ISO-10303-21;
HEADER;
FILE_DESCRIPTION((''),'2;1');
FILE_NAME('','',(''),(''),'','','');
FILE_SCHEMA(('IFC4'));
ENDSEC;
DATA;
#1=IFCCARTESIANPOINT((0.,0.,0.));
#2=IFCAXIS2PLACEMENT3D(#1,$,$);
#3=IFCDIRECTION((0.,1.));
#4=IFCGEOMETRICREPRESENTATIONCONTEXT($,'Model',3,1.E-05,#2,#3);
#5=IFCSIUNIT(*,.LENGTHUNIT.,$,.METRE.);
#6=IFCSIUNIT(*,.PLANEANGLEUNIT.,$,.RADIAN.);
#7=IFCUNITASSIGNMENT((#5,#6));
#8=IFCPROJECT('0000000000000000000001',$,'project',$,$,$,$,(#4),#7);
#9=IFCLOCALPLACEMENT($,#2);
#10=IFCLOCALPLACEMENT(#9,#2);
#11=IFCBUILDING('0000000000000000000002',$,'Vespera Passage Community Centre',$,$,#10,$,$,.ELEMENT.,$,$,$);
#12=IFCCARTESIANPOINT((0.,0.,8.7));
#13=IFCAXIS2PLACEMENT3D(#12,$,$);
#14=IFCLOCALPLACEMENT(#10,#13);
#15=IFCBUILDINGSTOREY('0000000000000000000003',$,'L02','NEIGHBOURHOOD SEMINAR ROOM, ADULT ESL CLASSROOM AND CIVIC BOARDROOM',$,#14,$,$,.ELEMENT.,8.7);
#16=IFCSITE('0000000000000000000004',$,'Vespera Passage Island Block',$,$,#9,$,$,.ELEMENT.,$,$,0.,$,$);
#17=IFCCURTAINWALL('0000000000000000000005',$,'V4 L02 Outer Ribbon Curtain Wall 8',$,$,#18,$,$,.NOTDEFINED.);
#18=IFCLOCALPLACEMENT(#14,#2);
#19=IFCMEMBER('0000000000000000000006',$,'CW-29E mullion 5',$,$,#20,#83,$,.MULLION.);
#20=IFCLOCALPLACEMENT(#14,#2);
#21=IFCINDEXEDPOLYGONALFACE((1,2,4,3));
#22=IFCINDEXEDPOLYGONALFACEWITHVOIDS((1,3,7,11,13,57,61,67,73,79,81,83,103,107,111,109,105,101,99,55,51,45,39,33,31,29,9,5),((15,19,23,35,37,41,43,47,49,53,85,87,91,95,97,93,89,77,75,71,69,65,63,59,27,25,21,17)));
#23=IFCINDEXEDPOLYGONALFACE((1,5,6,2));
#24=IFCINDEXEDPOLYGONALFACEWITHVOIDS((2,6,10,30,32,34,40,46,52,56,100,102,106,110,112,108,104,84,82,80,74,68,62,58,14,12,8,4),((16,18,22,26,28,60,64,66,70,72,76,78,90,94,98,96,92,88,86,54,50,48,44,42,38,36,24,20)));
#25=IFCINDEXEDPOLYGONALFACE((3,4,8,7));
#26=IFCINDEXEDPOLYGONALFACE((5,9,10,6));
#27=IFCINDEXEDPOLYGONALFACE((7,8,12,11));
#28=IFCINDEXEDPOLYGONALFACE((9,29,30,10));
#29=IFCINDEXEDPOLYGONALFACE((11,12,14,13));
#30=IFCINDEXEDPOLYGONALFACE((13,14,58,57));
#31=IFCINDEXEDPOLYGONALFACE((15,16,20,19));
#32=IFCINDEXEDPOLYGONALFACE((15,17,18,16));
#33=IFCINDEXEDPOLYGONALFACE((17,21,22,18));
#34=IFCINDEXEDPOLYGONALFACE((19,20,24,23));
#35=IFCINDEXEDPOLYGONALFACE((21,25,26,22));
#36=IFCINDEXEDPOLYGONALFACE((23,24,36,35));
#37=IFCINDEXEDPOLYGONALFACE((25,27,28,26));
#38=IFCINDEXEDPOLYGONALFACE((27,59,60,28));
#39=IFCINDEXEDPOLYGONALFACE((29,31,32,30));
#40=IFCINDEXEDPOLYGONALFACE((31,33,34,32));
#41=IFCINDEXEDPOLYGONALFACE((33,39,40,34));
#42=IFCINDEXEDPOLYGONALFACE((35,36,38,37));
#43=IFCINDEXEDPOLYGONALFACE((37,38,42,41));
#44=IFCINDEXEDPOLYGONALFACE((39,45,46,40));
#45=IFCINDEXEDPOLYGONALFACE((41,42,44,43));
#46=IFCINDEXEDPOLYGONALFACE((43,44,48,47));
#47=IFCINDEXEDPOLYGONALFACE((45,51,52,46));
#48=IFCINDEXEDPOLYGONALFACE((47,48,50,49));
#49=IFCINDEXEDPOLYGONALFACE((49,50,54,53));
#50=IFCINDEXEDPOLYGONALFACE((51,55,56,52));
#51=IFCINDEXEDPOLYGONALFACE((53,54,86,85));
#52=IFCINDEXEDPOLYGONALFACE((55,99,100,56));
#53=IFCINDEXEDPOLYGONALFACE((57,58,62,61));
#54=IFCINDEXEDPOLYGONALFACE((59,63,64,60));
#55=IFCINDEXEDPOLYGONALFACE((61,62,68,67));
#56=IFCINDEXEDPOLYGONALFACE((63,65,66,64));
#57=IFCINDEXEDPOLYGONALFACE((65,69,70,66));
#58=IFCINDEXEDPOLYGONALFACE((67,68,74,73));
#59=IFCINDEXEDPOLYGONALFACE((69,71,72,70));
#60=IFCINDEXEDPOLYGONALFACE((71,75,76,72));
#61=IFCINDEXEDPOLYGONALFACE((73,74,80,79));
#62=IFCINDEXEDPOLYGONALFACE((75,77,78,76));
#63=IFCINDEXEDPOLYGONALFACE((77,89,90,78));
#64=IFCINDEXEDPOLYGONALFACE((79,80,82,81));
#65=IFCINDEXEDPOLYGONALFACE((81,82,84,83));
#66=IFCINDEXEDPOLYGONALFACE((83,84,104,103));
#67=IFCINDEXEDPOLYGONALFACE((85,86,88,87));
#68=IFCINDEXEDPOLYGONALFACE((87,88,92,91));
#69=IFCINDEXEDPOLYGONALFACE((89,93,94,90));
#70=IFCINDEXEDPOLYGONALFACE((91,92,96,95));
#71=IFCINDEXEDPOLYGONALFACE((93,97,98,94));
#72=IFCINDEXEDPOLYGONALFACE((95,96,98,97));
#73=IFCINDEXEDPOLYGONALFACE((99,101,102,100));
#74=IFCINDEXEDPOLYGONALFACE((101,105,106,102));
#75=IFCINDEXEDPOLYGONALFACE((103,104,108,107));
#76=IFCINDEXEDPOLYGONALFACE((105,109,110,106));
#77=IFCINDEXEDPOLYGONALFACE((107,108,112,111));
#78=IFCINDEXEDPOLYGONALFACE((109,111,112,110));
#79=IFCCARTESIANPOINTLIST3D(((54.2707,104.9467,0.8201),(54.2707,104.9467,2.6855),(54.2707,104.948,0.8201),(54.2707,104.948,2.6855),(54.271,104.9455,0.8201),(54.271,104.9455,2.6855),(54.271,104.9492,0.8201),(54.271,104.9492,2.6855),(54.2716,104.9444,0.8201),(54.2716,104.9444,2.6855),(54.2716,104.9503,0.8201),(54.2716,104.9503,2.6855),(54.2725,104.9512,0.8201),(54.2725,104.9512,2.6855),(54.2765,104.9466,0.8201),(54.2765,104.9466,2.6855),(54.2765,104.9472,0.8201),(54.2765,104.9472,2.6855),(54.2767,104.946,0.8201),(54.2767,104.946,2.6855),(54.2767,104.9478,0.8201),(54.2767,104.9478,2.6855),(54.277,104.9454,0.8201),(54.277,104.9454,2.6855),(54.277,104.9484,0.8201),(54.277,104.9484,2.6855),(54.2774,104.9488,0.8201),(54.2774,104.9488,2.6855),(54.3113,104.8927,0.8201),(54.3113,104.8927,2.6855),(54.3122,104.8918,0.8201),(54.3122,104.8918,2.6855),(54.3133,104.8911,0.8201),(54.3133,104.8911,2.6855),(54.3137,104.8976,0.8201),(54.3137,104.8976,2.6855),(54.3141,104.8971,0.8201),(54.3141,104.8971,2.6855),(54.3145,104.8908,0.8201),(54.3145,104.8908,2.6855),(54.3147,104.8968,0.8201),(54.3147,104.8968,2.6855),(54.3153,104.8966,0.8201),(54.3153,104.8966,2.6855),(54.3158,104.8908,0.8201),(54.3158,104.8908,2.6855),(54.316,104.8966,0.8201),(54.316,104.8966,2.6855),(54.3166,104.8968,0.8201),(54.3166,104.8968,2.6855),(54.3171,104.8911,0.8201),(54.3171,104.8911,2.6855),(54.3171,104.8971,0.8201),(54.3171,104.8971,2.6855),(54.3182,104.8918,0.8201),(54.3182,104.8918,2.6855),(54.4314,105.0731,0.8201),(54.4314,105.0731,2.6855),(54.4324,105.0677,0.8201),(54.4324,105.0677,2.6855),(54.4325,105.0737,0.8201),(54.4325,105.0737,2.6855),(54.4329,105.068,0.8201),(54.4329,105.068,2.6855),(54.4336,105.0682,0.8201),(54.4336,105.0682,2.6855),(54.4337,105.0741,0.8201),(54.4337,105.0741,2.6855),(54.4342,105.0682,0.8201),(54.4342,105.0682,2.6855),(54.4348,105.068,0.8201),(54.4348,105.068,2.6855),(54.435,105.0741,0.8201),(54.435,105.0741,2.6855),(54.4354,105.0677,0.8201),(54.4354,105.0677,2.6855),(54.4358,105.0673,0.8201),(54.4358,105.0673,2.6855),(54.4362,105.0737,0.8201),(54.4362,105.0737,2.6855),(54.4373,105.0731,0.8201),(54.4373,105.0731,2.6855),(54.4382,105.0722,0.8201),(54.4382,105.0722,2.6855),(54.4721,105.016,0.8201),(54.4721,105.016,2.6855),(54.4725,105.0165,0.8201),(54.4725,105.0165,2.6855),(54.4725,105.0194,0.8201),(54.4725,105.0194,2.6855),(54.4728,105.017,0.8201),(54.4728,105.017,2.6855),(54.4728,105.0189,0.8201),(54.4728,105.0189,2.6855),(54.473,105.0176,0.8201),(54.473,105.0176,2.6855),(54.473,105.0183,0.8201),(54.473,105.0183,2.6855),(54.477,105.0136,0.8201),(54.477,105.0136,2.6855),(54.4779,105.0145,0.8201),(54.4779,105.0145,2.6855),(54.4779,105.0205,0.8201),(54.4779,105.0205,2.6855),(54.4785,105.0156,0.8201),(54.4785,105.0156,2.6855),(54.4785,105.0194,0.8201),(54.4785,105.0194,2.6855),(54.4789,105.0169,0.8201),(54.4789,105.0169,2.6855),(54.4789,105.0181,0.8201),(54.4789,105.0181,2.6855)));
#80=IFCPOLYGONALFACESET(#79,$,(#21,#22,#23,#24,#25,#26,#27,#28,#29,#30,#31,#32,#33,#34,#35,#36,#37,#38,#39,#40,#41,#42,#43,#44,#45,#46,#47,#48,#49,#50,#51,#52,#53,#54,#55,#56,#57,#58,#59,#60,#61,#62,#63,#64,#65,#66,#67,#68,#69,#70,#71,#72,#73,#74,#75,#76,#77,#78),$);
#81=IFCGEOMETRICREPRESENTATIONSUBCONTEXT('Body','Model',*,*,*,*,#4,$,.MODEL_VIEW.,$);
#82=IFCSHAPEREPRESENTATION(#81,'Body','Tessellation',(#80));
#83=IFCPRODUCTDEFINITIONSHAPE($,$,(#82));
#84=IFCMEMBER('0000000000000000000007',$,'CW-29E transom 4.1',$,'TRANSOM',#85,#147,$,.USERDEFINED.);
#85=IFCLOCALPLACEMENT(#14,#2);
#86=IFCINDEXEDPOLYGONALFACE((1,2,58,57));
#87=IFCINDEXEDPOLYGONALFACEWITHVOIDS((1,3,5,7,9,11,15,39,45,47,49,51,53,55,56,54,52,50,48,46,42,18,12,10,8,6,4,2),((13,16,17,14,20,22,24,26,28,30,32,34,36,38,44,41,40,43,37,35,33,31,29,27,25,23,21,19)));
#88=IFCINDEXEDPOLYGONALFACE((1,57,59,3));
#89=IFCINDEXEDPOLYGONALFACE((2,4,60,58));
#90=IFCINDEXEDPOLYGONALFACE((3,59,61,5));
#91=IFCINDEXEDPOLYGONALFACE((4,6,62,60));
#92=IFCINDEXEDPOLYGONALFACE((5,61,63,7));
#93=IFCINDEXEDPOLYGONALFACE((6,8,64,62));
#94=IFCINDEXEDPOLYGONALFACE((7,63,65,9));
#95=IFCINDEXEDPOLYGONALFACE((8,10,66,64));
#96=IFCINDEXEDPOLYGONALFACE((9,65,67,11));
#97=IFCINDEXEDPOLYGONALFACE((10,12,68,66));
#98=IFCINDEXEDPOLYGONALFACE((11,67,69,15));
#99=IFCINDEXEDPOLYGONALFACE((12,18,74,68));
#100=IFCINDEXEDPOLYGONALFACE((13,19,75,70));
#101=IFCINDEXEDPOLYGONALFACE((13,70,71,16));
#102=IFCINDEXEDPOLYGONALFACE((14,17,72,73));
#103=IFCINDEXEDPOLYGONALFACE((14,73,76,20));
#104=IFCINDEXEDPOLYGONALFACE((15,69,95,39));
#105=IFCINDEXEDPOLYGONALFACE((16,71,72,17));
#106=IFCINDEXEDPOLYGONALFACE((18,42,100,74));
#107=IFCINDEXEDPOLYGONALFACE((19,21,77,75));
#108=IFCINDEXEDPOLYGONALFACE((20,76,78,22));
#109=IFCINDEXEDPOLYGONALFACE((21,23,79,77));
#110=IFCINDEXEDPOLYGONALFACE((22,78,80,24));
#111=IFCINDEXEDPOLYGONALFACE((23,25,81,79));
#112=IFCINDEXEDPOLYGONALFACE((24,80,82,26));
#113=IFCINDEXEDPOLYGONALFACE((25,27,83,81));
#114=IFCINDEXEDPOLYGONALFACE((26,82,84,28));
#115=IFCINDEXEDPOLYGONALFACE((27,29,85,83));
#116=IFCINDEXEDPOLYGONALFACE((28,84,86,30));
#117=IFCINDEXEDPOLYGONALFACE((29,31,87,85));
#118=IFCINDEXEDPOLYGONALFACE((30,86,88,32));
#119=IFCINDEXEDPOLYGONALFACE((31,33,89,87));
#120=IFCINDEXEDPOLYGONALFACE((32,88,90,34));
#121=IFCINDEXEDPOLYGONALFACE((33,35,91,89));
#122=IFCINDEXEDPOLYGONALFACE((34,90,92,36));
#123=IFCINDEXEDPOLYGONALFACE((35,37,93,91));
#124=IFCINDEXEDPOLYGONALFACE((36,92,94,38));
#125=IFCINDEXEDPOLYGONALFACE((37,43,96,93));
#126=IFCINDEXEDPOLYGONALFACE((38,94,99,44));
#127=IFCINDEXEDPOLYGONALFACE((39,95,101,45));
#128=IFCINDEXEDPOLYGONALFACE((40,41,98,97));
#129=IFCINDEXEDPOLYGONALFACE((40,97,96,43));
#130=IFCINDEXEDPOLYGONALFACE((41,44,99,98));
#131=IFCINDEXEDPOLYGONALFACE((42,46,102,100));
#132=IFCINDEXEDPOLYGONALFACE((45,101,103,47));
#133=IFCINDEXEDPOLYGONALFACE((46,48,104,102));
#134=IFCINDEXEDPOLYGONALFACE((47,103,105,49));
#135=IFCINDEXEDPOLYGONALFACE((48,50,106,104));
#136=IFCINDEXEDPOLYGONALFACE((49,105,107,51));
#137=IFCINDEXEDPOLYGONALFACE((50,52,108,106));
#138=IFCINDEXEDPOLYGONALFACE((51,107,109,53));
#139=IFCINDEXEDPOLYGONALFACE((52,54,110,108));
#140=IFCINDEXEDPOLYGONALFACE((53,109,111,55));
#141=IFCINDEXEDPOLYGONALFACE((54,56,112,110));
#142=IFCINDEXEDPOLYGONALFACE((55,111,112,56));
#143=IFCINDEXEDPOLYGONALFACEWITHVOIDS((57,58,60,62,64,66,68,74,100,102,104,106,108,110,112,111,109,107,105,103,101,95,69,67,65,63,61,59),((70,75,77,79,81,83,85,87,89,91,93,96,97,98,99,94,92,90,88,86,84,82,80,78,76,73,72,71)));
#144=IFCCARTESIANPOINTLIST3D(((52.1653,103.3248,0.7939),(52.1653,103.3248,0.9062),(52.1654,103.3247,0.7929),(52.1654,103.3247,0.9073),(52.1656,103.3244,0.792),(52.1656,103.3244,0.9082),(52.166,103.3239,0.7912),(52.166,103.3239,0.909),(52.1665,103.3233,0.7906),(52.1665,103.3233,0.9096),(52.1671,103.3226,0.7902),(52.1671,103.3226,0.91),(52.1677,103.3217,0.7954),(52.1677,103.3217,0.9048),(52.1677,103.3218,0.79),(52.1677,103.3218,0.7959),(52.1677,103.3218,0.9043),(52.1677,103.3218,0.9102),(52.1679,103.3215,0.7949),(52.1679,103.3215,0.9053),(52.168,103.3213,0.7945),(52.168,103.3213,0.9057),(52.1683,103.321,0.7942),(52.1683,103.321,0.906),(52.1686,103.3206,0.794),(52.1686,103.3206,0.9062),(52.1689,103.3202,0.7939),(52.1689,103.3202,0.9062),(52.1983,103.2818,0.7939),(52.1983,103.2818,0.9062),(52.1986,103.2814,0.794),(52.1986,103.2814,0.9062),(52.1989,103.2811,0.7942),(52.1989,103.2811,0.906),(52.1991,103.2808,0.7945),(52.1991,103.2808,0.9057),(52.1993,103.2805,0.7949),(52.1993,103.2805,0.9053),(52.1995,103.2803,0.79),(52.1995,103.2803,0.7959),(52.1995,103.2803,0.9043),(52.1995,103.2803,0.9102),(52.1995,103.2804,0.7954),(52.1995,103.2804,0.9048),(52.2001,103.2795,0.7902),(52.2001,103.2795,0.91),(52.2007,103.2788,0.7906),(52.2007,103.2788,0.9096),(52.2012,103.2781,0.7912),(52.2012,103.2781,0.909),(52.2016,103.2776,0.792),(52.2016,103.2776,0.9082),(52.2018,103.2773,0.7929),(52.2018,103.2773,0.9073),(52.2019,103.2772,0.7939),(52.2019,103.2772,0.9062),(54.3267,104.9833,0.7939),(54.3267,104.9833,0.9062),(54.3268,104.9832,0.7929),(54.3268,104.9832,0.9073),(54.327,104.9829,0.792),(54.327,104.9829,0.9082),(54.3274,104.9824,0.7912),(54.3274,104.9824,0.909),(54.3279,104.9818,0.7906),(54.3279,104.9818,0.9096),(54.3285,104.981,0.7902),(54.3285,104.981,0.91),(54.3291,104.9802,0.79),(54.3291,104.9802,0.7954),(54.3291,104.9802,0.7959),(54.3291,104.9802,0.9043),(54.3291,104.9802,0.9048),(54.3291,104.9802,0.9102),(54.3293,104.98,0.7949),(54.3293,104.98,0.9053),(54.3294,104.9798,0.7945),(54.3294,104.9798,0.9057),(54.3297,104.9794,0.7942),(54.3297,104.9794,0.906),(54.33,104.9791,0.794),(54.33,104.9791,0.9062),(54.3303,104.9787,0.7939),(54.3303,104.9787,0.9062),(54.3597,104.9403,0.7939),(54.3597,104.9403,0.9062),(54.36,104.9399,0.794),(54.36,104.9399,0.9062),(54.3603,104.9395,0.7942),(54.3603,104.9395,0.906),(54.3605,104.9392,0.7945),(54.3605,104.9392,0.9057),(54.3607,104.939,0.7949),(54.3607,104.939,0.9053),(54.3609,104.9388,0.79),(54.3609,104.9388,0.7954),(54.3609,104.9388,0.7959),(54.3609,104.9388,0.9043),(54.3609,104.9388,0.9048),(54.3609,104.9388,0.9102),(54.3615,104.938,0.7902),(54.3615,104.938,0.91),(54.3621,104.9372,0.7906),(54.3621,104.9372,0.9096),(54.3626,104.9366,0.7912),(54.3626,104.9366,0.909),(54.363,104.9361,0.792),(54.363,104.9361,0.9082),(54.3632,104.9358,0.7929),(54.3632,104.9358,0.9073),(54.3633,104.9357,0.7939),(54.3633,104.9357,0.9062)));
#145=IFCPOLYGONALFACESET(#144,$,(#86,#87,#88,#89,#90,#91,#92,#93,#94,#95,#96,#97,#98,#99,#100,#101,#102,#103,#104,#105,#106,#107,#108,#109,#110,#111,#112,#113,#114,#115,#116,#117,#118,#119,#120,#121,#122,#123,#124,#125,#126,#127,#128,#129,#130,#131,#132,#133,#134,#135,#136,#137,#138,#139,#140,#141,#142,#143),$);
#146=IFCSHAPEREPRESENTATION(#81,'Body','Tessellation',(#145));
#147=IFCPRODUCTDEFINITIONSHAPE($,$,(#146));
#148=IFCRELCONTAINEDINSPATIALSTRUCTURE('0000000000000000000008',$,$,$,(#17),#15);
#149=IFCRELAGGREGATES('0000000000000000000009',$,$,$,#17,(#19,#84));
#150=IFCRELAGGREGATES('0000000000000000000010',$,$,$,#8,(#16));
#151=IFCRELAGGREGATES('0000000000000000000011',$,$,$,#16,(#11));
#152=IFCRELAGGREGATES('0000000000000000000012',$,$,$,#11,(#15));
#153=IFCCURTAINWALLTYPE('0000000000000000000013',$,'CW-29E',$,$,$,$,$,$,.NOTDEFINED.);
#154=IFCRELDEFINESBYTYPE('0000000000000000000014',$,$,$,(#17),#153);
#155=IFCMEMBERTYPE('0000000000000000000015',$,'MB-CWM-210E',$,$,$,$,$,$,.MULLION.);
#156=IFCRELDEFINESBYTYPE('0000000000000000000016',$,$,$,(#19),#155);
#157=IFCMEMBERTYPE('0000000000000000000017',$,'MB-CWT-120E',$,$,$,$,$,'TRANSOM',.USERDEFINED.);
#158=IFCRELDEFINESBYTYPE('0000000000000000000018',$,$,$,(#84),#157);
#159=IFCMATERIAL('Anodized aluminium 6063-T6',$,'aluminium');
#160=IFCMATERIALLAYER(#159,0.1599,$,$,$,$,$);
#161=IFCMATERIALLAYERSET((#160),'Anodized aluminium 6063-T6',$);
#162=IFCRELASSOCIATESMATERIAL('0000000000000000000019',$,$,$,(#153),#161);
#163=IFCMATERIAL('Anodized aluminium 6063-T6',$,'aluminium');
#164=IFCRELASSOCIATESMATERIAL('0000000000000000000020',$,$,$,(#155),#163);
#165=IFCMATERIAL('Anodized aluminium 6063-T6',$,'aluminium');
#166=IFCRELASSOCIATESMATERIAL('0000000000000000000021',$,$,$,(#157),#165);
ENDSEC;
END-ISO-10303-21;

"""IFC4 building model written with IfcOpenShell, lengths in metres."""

from ifc_helpers import new_model, si_unit, direction, frame, origin, origin_2d, place, context, subcontext, project, spatial, hollow_rectangle, extrude, material, layer, layer_set, material_profile, profile_set, type_object, element, aggregate, save


model = new_model("IFC4")

# Units and contexts
model_context = context("Model", 3, precision=1e-05, world=origin(), true_north=direction((0.0, 1.0)))
body_context = subcontext(model_context, "Body", "Model", "MODEL_VIEW")
ifc_project = project(units=[si_unit("LENGTHUNIT", "METRE"), si_unit("PLANEANGLEUNIT", "RADIAN")], contexts=[model_context])

# Site, building, storey
site_placement = place(None, origin())
site = spatial("IfcSite", under=ifc_project, at=site_placement, Name="Vespera Passage Island Block", CompositionType="ELEMENT", RefElevation=0.0)
building_placement = place(site_placement, origin())
building = spatial("IfcBuilding", under=site, at=building_placement, Name="Vespera Passage Community Centre", CompositionType="ELEMENT")
storey_placement = place(building_placement, frame((0.0, 0.0, 8.7)))
storey = spatial("IfcBuildingStorey", under=building, at=storey_placement, Name="L02", Description="NEIGHBOURHOOD SEMINAR ROOM, ADULT ESL CLASSROOM AND CIVIC BOARDROOM", CompositionType="ELEMENT", Elevation=8.7)

# Curtain wall, members
ifc_material_1 = material(Name="Anodized aluminium 6063-T6", Category="aluminium")
ifc_layer_1 = layer(ifc_material_1, 0.1599)
ifc_layer_set_1 = layer_set([ifc_layer_1], Name="Anodized aluminium 6063-T6")
curtain_wall_type = type_object("IfcCurtainWallType", Name="CW-29E", PredefinedType="NOTDEFINED", material=ifc_layer_set_1)
curtain_wall_placement = place(storey_placement, origin())
curtain_wall = element("IfcCurtainWall", 1, at=curtain_wall_placement, inside=storey, type_object=curtain_wall_type, Name="V4 L02 Outer Ribbon Curtain Wall 8", PredefinedType="NOTDEFINED")
ifc_material_2 = material(Name="Anodized aluminium 6063-T6", Category="aluminium")
ifc_material_profile_1 = material_profile(ifc_material_2, hollow_rectangle(XDim=0.075, YDim=0.21, WallThickness=0.0049, InnerFilletRadius=0.0024, OuterFilletRadius=0.0049, at=origin_2d()), Name="ALU210X75X5")
ifc_profile_set_1 = profile_set([ifc_material_profile_1], Name="Anodized aluminium 6063-T6")
member_type_1 = type_object("IfcMemberType", Name="MB-CWM-210E", PredefinedType="MULLION", material=ifc_profile_set_1)
member_1_placement = place(storey_placement, frame((54.3748, 104.9824, 0.8201), z_axis=(0.0, 0.0, 1.0), x_axis=(-0.608768, 0.793348, 0.0)))
member_1 = element("IfcMember", 2, at=member_1_placement, type_object=member_type_1, Name="CW-29E mullion 5", PredefinedType="MULLION", context=body_context, shape_type="SweptSolid", body=[
    extrude(hollow_rectangle(XDim=0.075, YDim=0.21, WallThickness=0.0049, InnerFilletRadius=0.0024, OuterFilletRadius=0.0049, at=origin_2d()), origin(), (0.0, 0.0, 1.0), 1.8655),
])
ifc_material_3 = material(Name="Anodized aluminium 6063-T6", Category="aluminium")
ifc_material_profile_2 = material_profile(ifc_material_3, hollow_rectangle(XDim=0.0601, YDim=0.1201, WallThickness=0.0039, InnerFilletRadius=0.002, OuterFilletRadius=0.0039, at=origin_2d()), Name="ALU120X60X4")
ifc_profile_set_2 = profile_set([ifc_material_profile_2], Name="Anodized aluminium 6063-T6")
member_type_2 = type_object("IfcMemberType", Name="MB-CWT-120E", ElementType="TRANSOM", PredefinedType="USERDEFINED", material=ifc_profile_set_2)
member_2_placement = place(storey_placement, frame((52.1836, 103.301, 0.8501), z_axis=(0.79336, 0.608753, 0.0), x_axis=(-0.608753, 0.79336, 0.0)))
member_2 = element("IfcMember", 3, at=member_2_placement, type_object=member_type_2, Name="CW-29E transom 4.1", ObjectType="TRANSOM", PredefinedType="USERDEFINED", context=body_context, shape_type="SweptSolid", body=[
    extrude(hollow_rectangle(XDim=0.0601, YDim=0.1201, WallThickness=0.0039, InnerFilletRadius=0.002, OuterFilletRadius=0.0039, at=origin_2d()), origin(), (0.0, 0.0, 1.0), 2.7244),
])
aggregate(curtain_wall, [member_1, member_2])

save(model, "model.ifc")
